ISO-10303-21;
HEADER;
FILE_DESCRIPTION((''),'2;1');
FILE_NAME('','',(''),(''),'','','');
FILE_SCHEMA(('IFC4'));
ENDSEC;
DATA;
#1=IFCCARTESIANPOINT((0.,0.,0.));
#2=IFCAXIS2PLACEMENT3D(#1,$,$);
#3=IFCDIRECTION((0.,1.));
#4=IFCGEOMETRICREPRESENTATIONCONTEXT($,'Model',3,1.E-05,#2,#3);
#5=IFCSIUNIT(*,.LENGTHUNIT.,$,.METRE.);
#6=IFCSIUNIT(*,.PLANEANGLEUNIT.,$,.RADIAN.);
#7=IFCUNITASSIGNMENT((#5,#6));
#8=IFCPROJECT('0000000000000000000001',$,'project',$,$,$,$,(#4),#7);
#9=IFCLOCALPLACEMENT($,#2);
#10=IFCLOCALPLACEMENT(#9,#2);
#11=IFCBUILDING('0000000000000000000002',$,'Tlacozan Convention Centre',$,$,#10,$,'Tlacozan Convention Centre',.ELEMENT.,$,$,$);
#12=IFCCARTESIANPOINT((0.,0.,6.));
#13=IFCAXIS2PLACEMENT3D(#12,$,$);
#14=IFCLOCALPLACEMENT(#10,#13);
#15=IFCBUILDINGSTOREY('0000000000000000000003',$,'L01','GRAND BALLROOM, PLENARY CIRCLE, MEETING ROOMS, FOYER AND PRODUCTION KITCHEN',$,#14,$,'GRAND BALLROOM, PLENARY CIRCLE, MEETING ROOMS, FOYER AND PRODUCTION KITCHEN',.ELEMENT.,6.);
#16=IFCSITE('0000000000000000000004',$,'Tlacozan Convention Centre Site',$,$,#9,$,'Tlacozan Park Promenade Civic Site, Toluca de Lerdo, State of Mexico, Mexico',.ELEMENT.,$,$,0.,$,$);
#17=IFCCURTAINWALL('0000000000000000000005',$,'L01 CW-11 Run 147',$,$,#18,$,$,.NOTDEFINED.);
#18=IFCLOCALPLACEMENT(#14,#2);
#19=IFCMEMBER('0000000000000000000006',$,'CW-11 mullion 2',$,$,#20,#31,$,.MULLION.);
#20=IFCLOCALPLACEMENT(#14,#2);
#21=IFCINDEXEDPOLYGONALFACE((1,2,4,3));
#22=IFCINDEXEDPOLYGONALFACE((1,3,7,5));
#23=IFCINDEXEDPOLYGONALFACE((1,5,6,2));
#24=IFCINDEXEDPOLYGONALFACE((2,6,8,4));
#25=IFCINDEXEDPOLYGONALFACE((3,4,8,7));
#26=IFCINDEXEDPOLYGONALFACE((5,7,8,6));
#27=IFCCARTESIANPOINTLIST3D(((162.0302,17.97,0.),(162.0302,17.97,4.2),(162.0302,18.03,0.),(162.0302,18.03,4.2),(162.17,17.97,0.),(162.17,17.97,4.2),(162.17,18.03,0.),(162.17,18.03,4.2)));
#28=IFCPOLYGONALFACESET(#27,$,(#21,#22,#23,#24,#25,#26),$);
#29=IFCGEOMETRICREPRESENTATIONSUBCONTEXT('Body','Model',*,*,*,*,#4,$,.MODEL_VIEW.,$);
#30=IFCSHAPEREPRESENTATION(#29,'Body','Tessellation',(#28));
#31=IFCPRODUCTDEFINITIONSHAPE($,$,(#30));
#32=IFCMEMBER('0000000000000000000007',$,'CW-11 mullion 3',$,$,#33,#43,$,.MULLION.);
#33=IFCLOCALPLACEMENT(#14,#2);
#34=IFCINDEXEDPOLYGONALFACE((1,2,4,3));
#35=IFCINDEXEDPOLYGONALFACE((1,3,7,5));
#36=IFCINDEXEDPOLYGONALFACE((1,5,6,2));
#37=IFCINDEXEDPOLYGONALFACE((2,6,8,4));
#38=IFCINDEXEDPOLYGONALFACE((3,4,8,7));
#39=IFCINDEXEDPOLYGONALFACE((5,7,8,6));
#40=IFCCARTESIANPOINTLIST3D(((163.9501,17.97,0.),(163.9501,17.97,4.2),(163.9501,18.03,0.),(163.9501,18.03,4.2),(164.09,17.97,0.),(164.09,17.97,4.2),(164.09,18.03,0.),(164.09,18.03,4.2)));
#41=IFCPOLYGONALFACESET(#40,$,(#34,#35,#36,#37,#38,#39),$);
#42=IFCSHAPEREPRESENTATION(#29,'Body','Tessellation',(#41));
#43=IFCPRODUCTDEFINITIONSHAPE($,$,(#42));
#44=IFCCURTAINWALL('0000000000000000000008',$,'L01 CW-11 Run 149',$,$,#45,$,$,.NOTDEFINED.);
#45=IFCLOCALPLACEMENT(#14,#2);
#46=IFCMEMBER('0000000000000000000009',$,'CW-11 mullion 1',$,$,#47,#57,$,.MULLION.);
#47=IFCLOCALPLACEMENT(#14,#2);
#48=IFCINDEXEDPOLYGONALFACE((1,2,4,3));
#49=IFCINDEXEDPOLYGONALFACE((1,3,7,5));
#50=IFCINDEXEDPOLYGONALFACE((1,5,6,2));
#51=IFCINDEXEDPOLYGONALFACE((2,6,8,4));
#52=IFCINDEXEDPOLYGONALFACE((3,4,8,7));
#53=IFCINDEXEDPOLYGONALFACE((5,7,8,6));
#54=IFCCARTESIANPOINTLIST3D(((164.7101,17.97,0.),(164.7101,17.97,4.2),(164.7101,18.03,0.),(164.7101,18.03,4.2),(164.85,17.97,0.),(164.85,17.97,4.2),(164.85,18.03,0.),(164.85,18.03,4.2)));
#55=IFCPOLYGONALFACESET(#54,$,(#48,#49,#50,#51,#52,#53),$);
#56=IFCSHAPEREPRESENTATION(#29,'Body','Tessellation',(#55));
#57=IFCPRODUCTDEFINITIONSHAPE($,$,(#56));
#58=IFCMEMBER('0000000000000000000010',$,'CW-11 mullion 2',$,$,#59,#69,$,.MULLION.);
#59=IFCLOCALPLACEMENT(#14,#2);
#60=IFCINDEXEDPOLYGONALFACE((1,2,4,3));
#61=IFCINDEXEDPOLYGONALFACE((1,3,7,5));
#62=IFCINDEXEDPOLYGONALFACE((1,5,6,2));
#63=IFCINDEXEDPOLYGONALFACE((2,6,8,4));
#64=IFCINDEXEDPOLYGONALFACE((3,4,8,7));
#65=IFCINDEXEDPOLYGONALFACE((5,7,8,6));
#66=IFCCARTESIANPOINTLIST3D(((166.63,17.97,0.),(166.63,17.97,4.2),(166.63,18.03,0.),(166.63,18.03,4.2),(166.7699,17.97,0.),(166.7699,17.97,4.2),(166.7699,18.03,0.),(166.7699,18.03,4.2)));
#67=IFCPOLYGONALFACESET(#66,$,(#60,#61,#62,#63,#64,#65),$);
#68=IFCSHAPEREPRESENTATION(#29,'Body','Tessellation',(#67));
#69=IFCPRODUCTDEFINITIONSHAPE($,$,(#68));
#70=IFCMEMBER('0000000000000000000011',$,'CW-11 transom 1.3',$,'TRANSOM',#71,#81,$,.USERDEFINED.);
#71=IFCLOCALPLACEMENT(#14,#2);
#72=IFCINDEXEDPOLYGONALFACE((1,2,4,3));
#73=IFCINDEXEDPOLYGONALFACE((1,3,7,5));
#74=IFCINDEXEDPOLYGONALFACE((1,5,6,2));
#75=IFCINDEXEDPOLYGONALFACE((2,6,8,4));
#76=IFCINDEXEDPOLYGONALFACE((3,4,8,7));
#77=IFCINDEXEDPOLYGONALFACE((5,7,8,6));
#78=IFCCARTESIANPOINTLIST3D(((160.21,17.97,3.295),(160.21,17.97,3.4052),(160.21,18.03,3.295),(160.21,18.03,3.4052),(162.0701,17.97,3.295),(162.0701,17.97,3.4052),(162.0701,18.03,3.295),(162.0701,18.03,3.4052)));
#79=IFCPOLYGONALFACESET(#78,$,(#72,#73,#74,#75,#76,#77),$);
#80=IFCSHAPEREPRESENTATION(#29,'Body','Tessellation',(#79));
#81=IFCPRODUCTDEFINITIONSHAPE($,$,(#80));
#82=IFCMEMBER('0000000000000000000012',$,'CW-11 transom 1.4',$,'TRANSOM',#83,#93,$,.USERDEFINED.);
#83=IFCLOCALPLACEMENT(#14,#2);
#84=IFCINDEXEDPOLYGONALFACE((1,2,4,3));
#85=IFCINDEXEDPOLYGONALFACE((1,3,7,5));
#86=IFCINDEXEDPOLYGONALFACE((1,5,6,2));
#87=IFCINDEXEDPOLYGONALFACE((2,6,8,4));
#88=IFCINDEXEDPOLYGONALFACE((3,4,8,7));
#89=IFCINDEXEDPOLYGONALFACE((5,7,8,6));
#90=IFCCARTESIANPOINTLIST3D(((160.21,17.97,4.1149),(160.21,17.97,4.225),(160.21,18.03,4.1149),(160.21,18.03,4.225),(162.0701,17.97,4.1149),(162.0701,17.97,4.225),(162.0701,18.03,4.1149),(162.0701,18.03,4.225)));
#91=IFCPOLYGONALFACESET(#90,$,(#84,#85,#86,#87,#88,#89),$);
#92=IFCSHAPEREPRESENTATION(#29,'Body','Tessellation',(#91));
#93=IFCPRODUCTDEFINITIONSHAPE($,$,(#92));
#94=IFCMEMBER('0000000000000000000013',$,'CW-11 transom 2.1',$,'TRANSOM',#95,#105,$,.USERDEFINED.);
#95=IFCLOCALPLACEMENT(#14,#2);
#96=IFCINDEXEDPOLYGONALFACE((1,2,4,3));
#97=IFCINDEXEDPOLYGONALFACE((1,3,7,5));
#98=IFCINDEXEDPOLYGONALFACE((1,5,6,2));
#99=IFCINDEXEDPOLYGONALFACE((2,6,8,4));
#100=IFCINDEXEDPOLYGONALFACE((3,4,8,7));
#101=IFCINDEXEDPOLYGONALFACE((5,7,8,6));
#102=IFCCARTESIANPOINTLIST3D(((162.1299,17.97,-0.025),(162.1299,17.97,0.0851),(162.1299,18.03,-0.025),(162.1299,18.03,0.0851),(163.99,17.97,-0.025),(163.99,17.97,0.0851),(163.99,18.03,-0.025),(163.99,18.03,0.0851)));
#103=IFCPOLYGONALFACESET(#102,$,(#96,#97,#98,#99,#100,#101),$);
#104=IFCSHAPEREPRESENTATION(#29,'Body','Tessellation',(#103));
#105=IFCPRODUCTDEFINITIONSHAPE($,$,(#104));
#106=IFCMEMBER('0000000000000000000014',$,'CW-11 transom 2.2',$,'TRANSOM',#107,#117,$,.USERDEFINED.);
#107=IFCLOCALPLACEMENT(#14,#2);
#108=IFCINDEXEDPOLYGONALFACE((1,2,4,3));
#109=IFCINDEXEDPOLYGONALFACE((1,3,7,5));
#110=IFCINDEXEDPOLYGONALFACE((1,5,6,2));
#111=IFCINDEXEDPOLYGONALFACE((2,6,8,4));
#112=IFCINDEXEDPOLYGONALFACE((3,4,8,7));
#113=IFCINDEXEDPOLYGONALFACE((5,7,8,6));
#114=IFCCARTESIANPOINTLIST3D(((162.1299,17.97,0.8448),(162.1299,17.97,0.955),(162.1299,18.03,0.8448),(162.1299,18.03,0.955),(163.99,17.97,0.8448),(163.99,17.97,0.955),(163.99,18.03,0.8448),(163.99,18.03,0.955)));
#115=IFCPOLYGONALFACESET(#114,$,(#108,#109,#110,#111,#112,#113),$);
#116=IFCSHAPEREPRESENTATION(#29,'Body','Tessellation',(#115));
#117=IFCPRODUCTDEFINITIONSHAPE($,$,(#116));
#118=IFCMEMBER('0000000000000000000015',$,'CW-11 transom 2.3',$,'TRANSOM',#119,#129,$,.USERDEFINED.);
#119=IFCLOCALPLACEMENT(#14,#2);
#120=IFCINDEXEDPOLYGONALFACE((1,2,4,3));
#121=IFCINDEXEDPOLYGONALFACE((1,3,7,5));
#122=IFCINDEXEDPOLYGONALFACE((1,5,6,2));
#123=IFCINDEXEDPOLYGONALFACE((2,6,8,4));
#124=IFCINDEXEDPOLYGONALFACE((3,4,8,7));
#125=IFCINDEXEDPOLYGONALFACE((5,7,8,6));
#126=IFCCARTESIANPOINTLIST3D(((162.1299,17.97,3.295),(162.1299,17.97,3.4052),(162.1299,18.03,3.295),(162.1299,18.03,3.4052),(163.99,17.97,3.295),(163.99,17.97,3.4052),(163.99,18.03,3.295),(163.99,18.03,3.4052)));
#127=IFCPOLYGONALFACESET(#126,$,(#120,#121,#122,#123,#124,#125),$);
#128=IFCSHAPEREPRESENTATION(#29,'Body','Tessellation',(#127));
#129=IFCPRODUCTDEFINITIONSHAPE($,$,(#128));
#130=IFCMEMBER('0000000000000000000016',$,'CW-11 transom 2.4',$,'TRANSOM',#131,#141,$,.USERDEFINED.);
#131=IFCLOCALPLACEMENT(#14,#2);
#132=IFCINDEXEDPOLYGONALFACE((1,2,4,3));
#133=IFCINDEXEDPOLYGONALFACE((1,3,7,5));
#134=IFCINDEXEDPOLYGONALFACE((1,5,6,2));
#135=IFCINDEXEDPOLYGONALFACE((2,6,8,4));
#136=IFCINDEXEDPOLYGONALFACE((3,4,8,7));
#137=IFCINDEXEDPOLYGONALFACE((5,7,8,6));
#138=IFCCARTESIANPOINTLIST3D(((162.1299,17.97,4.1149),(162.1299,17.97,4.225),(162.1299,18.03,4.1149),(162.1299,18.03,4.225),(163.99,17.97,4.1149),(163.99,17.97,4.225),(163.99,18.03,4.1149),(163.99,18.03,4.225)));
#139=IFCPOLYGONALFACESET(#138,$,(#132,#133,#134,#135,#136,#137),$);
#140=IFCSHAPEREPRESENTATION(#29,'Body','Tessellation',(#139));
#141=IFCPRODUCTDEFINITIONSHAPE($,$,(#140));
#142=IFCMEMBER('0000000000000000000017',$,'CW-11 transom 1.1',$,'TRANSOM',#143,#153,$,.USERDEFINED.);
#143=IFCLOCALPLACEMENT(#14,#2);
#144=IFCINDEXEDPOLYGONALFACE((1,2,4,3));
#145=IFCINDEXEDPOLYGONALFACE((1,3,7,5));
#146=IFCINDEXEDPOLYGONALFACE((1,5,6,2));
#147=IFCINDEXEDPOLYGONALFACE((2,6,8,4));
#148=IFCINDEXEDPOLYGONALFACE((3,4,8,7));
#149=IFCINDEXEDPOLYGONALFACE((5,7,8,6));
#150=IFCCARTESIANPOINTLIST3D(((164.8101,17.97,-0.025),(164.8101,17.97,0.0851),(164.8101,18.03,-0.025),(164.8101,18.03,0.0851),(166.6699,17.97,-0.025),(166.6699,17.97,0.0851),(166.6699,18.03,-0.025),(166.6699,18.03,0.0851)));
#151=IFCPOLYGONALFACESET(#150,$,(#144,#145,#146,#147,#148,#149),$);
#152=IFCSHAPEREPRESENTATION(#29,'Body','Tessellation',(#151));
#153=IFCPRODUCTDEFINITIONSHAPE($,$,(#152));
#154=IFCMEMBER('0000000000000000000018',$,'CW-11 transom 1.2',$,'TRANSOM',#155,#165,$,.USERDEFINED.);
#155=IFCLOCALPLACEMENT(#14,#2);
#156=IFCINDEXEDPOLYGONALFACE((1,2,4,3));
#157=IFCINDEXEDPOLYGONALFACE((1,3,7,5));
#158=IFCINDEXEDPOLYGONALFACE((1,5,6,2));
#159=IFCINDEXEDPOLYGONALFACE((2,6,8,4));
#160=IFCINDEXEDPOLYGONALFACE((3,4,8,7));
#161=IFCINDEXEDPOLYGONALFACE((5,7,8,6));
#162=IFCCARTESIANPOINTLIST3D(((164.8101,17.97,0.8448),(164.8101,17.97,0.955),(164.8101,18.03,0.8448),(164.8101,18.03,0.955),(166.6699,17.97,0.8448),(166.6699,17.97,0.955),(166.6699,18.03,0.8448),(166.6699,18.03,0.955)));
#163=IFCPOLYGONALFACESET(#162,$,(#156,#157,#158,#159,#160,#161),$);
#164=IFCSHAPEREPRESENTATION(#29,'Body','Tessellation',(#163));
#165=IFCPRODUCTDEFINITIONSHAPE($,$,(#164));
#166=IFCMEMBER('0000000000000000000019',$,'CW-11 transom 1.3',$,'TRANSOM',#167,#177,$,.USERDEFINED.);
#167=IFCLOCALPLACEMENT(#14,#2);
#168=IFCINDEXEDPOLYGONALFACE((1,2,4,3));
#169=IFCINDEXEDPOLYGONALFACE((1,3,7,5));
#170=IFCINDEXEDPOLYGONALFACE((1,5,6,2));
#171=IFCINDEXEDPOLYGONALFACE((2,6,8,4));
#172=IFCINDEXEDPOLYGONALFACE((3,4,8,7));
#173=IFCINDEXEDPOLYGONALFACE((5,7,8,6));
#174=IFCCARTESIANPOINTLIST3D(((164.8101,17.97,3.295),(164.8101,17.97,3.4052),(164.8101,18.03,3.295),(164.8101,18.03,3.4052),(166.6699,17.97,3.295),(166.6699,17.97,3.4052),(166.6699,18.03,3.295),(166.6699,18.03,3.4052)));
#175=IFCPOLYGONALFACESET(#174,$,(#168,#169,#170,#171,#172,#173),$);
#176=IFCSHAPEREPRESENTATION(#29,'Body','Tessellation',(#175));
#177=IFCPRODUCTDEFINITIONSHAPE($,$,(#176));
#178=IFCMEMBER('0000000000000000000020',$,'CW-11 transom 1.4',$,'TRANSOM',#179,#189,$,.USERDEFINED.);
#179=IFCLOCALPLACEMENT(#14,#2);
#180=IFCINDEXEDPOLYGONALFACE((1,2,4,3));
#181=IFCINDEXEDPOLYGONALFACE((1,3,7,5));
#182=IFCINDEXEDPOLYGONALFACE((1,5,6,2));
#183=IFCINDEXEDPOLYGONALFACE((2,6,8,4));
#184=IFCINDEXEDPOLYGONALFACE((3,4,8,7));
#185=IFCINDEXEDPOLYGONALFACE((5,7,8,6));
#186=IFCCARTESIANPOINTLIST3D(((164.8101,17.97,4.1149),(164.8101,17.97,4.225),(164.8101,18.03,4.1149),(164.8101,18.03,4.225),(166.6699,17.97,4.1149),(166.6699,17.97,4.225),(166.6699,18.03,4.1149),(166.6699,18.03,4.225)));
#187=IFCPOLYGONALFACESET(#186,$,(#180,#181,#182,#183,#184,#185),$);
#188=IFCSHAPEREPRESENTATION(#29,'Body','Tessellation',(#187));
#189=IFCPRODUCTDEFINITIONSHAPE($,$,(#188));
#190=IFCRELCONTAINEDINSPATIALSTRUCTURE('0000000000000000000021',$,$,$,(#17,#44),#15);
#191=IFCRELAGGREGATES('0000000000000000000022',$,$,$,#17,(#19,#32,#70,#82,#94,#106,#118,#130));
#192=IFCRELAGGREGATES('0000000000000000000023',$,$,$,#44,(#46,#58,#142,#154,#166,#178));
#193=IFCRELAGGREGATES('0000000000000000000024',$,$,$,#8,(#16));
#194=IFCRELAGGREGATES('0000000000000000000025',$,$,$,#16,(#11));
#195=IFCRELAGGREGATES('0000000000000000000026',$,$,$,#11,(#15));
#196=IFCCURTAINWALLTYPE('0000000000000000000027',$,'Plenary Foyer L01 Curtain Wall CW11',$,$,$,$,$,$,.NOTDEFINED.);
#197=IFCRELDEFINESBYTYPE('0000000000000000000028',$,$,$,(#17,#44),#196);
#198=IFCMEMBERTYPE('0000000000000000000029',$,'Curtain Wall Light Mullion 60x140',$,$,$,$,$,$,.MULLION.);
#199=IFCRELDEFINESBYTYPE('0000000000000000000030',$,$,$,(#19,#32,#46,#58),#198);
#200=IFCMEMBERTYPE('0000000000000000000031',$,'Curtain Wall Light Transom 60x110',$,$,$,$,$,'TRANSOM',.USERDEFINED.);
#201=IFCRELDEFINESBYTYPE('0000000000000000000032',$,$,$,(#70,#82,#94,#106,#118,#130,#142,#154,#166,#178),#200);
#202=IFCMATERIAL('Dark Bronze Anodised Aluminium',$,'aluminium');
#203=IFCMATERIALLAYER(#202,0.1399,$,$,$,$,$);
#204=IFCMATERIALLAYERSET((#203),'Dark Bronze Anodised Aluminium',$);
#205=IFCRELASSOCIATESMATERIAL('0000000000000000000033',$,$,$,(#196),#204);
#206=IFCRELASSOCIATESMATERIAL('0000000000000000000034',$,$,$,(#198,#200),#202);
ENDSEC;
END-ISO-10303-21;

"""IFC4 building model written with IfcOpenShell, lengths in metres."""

from ifc_helpers import new_model, si_unit, direction, frame, origin, origin_2d, place, context, subcontext, project, spatial, rectangle, extrude, material, layer, layer_set, material_profile, profile_set, type_object, element, aggregate, save


model = new_model("IFC4")

# Units and contexts
model_context = context("Model", 3, precision=1e-05, world=origin(), true_north=direction((0.0, 1.0)))
body_context = subcontext(model_context, "Body", "Model", "MODEL_VIEW")
ifc_project = project(units=[si_unit("LENGTHUNIT", "METRE"), si_unit("PLANEANGLEUNIT", "RADIAN")], contexts=[model_context])

# Site, building, storey
site_placement = place(None, origin())
site = spatial("IfcSite", under=ifc_project, at=site_placement, Name="Tlacozan Convention Centre Site", LongName="Tlacozan Park Promenade Civic Site, Toluca de Lerdo, State of Mexico, Mexico", CompositionType="ELEMENT", RefElevation=0.0)
building_placement = place(site_placement, origin())
building = spatial("IfcBuilding", under=site, at=building_placement, Name="Tlacozan Convention Centre", LongName="Tlacozan Convention Centre", CompositionType="ELEMENT")
storey_placement = place(building_placement, frame((0.0, 0.0, 6.0)))
storey = spatial("IfcBuildingStorey", under=building, at=storey_placement, Name="L01", Description="GRAND BALLROOM, PLENARY CIRCLE, MEETING ROOMS, FOYER AND PRODUCTION KITCHEN", LongName="GRAND BALLROOM, PLENARY CIRCLE, MEETING ROOMS, FOYER AND PRODUCTION KITCHEN", CompositionType="ELEMENT", Elevation=6.0)

# Curtain walls, members
ifc_material_1 = material(Name="Dark Bronze Anodised Aluminium", Category="aluminium")
ifc_layer_1 = layer(ifc_material_1, 0.1399)
ifc_layer_set_1 = layer_set([ifc_layer_1], Name="Dark Bronze Anodised Aluminium")
curtain_wall_type = type_object("IfcCurtainWallType", Name="Plenary Foyer L01 Curtain Wall CW11", PredefinedType="NOTDEFINED", material=ifc_layer_set_1)
curtain_wall_1_placement = place(storey_placement, origin())
curtain_wall_1 = element("IfcCurtainWall", 1, at=curtain_wall_1_placement, inside=storey, type_object=curtain_wall_type, Name="L01 CW-11 Run 147", PredefinedType="NOTDEFINED")
ifc_material_profile_1 = material_profile(ifc_material_1, rectangle(XDim=0.0601, YDim=0.1399, at=origin_2d()), Name="ALU 60x140")
ifc_profile_set_1 = profile_set([ifc_material_profile_1], Name="Dark Bronze Anodised Aluminium")
member_type_1 = type_object("IfcMemberType", Name="Curtain Wall Light Mullion 60x140", PredefinedType="MULLION", material=ifc_profile_set_1)
member_1_placement = place(storey_placement, frame((162.1001, 18.0, 0.0), z_axis=(0.0, 0.0, 1.0), x_axis=(0.0, 1.0, 0.0)))
member_1 = element("IfcMember", 2, at=member_1_placement, type_object=member_type_1, Name="CW-11 mullion 2", PredefinedType="MULLION", context=body_context, shape_type="SweptSolid", body=[
    extrude(rectangle(XDim=0.0601, YDim=0.1399, at=origin_2d()), origin(), (0.0, 0.0, 1.0), 4.2),
])
member_2_placement = place(storey_placement, frame((164.02, 18.0, 0.0), z_axis=(0.0, 0.0, 1.0), x_axis=(0.0, 1.0, 0.0)))
member_2 = element("IfcMember", 3, at=member_2_placement, type_object=member_type_1, Name="CW-11 mullion 3", PredefinedType="MULLION", context=body_context, shape_type="SweptSolid", body=[
    extrude(rectangle(XDim=0.0601, YDim=0.1399, at=origin_2d()), origin(), (0.0, 0.0, 1.0), 4.2),
])
curtain_wall_2_placement = place(storey_placement, origin())
curtain_wall_2 = element("IfcCurtainWall", 4, at=curtain_wall_2_placement, inside=storey, type_object=curtain_wall_type, Name="L01 CW-11 Run 149", PredefinedType="NOTDEFINED")
member_3_placement = place(storey_placement, frame((164.78, 18.0, 0.0), z_axis=(0.0, 0.0, 1.0), x_axis=(0.0, 1.0, 0.0)))
member_3 = element("IfcMember", 5, at=member_3_placement, type_object=member_type_1, Name="CW-11 mullion 1", PredefinedType="MULLION", context=body_context, shape_type="SweptSolid", body=[
    extrude(rectangle(XDim=0.0601, YDim=0.1399, at=origin_2d()), origin(), (0.0, 0.0, 1.0), 4.2),
])
member_4_placement = place(storey_placement, frame((166.7, 18.0, 0.0), z_axis=(0.0, 0.0, 1.0), x_axis=(0.0, 1.0, 0.0)))
member_4 = element("IfcMember", 6, at=member_4_placement, type_object=member_type_1, Name="CW-11 mullion 2", PredefinedType="MULLION", context=body_context, shape_type="SweptSolid", body=[
    extrude(rectangle(XDim=0.0601, YDim=0.1399, at=origin_2d()), origin(), (0.0, 0.0, 1.0), 4.2),
])

# Members
ifc_material_profile_2 = material_profile(ifc_material_1, rectangle(XDim=0.0601, YDim=0.1101, at=origin_2d()), Name="ALU 60x110")
ifc_profile_set_2 = profile_set([ifc_material_profile_2], Name="Dark Bronze Anodised Aluminium")
member_type_2 = type_object("IfcMemberType", Name="Curtain Wall Light Transom 60x110", ElementType="TRANSOM", PredefinedType="USERDEFINED", material=ifc_profile_set_2)
member_5_placement = place(storey_placement, frame((160.21, 18.0, 3.3501), z_axis=(1.0, 0.0, 0.0), x_axis=(0.0, 1.0, 0.0)))
member_5 = element("IfcMember", 7, at=member_5_placement, type_object=member_type_2, Name="CW-11 transom 1.3", ObjectType="TRANSOM", PredefinedType="USERDEFINED", context=body_context, shape_type="SweptSolid", body=[
    extrude(rectangle(XDim=0.0601, YDim=0.1101, at=origin_2d()), origin(), (0.0, 0.0, 1.0), 1.8601),
])
member_6_placement = place(storey_placement, frame((160.21, 18.0, 4.1699), z_axis=(1.0, 0.0, 0.0), x_axis=(0.0, 1.0, 0.0)))
member_6 = element("IfcMember", 8, at=member_6_placement, type_object=member_type_2, Name="CW-11 transom 1.4", ObjectType="TRANSOM", PredefinedType="USERDEFINED", context=body_context, shape_type="SweptSolid", body=[
    extrude(rectangle(XDim=0.0601, YDim=0.1101, at=origin_2d()), origin(), (0.0, 0.0, 1.0), 1.8601),
])
member_7_placement = place(storey_placement, frame((162.1299, 18.0, 0.03), z_axis=(1.0, 0.0, 0.0), x_axis=(0.0, 1.0, 0.0)))
member_7 = element("IfcMember", 9, at=member_7_placement, type_object=member_type_2, Name="CW-11 transom 2.1", ObjectType="TRANSOM", PredefinedType="USERDEFINED", context=body_context, shape_type="SweptSolid", body=[
    extrude(rectangle(XDim=0.0601, YDim=0.1101, at=origin_2d()), origin(), (0.0, 0.0, 1.0), 1.8601),
])
member_8_placement = place(storey_placement, frame((162.1299, 18.0, 0.8999), z_axis=(1.0, 0.0, 0.0), x_axis=(0.0, 1.0, 0.0)))
member_8 = element("IfcMember", 10, at=member_8_placement, type_object=member_type_2, Name="CW-11 transom 2.2", ObjectType="TRANSOM", PredefinedType="USERDEFINED", context=body_context, shape_type="SweptSolid", body=[
    extrude(rectangle(XDim=0.0601, YDim=0.1101, at=origin_2d()), origin(), (0.0, 0.0, 1.0), 1.8601),
])
member_9_placement = place(storey_placement, frame((162.1299, 18.0, 3.3501), z_axis=(1.0, 0.0, 0.0), x_axis=(0.0, 1.0, 0.0)))
member_9 = element("IfcMember", 11, at=member_9_placement, type_object=member_type_2, Name="CW-11 transom 2.3", ObjectType="TRANSOM", PredefinedType="USERDEFINED", context=body_context, shape_type="SweptSolid", body=[
    extrude(rectangle(XDim=0.0601, YDim=0.1101, at=origin_2d()), origin(), (0.0, 0.0, 1.0), 1.8601),
])
member_10_placement = place(storey_placement, frame((162.1299, 18.0, 4.1699), z_axis=(1.0, 0.0, 0.0), x_axis=(0.0, 1.0, 0.0)))
member_10 = element("IfcMember", 12, at=member_10_placement, type_object=member_type_2, Name="CW-11 transom 2.4", ObjectType="TRANSOM", PredefinedType="USERDEFINED", context=body_context, shape_type="SweptSolid", body=[
    extrude(rectangle(XDim=0.0601, YDim=0.1101, at=origin_2d()), origin(), (0.0, 0.0, 1.0), 1.8601),
])
member_11_placement = place(storey_placement, frame((164.8101, 18.0, 0.03), z_axis=(1.0, 0.0, 0.0), x_axis=(0.0, 1.0, 0.0)))
member_11 = element("IfcMember", 13, at=member_11_placement, type_object=member_type_2, Name="CW-11 transom 1.1", ObjectType="TRANSOM", PredefinedType="USERDEFINED", context=body_context, shape_type="SweptSolid", body=[
    extrude(rectangle(XDim=0.0601, YDim=0.1101, at=origin_2d()), origin(), (0.0, 0.0, 1.0), 1.8599),
])
member_12_placement = place(storey_placement, frame((164.8101, 18.0, 0.8999), z_axis=(1.0, 0.0, 0.0), x_axis=(0.0, 1.0, 0.0)))
member_12 = element("IfcMember", 14, at=member_12_placement, type_object=member_type_2, Name="CW-11 transom 1.2", ObjectType="TRANSOM", PredefinedType="USERDEFINED", context=body_context, shape_type="SweptSolid", body=[
    extrude(rectangle(XDim=0.0601, YDim=0.1101, at=origin_2d()), origin(), (0.0, 0.0, 1.0), 1.8599),
])
member_13_placement = place(storey_placement, frame((164.8101, 18.0, 3.3501), z_axis=(1.0, 0.0, 0.0), x_axis=(0.0, 1.0, 0.0)))
member_13 = element("IfcMember", 15, at=member_13_placement, type_object=member_type_2, Name="CW-11 transom 1.3", ObjectType="TRANSOM", PredefinedType="USERDEFINED", context=body_context, shape_type="SweptSolid", body=[
    extrude(rectangle(XDim=0.0601, YDim=0.1101, at=origin_2d()), origin(), (0.0, 0.0, 1.0), 1.8599),
])
member_14_placement = place(storey_placement, frame((164.8101, 18.0, 4.1699), z_axis=(1.0, 0.0, 0.0), x_axis=(0.0, 1.0, 0.0)))
member_14 = element("IfcMember", 16, at=member_14_placement, type_object=member_type_2, Name="CW-11 transom 1.4", ObjectType="TRANSOM", PredefinedType="USERDEFINED", context=body_context, shape_type="SweptSolid", body=[
    extrude(rectangle(XDim=0.0601, YDim=0.1101, at=origin_2d()), origin(), (0.0, 0.0, 1.0), 1.8599),
])

aggregate(curtain_wall_1, [member_1, member_2, member_5, member_6, member_7, member_8, member_9, member_10])
aggregate(curtain_wall_2, [member_3, member_4, member_11, member_12, member_13, member_14])

save(model, "model.ifc")
